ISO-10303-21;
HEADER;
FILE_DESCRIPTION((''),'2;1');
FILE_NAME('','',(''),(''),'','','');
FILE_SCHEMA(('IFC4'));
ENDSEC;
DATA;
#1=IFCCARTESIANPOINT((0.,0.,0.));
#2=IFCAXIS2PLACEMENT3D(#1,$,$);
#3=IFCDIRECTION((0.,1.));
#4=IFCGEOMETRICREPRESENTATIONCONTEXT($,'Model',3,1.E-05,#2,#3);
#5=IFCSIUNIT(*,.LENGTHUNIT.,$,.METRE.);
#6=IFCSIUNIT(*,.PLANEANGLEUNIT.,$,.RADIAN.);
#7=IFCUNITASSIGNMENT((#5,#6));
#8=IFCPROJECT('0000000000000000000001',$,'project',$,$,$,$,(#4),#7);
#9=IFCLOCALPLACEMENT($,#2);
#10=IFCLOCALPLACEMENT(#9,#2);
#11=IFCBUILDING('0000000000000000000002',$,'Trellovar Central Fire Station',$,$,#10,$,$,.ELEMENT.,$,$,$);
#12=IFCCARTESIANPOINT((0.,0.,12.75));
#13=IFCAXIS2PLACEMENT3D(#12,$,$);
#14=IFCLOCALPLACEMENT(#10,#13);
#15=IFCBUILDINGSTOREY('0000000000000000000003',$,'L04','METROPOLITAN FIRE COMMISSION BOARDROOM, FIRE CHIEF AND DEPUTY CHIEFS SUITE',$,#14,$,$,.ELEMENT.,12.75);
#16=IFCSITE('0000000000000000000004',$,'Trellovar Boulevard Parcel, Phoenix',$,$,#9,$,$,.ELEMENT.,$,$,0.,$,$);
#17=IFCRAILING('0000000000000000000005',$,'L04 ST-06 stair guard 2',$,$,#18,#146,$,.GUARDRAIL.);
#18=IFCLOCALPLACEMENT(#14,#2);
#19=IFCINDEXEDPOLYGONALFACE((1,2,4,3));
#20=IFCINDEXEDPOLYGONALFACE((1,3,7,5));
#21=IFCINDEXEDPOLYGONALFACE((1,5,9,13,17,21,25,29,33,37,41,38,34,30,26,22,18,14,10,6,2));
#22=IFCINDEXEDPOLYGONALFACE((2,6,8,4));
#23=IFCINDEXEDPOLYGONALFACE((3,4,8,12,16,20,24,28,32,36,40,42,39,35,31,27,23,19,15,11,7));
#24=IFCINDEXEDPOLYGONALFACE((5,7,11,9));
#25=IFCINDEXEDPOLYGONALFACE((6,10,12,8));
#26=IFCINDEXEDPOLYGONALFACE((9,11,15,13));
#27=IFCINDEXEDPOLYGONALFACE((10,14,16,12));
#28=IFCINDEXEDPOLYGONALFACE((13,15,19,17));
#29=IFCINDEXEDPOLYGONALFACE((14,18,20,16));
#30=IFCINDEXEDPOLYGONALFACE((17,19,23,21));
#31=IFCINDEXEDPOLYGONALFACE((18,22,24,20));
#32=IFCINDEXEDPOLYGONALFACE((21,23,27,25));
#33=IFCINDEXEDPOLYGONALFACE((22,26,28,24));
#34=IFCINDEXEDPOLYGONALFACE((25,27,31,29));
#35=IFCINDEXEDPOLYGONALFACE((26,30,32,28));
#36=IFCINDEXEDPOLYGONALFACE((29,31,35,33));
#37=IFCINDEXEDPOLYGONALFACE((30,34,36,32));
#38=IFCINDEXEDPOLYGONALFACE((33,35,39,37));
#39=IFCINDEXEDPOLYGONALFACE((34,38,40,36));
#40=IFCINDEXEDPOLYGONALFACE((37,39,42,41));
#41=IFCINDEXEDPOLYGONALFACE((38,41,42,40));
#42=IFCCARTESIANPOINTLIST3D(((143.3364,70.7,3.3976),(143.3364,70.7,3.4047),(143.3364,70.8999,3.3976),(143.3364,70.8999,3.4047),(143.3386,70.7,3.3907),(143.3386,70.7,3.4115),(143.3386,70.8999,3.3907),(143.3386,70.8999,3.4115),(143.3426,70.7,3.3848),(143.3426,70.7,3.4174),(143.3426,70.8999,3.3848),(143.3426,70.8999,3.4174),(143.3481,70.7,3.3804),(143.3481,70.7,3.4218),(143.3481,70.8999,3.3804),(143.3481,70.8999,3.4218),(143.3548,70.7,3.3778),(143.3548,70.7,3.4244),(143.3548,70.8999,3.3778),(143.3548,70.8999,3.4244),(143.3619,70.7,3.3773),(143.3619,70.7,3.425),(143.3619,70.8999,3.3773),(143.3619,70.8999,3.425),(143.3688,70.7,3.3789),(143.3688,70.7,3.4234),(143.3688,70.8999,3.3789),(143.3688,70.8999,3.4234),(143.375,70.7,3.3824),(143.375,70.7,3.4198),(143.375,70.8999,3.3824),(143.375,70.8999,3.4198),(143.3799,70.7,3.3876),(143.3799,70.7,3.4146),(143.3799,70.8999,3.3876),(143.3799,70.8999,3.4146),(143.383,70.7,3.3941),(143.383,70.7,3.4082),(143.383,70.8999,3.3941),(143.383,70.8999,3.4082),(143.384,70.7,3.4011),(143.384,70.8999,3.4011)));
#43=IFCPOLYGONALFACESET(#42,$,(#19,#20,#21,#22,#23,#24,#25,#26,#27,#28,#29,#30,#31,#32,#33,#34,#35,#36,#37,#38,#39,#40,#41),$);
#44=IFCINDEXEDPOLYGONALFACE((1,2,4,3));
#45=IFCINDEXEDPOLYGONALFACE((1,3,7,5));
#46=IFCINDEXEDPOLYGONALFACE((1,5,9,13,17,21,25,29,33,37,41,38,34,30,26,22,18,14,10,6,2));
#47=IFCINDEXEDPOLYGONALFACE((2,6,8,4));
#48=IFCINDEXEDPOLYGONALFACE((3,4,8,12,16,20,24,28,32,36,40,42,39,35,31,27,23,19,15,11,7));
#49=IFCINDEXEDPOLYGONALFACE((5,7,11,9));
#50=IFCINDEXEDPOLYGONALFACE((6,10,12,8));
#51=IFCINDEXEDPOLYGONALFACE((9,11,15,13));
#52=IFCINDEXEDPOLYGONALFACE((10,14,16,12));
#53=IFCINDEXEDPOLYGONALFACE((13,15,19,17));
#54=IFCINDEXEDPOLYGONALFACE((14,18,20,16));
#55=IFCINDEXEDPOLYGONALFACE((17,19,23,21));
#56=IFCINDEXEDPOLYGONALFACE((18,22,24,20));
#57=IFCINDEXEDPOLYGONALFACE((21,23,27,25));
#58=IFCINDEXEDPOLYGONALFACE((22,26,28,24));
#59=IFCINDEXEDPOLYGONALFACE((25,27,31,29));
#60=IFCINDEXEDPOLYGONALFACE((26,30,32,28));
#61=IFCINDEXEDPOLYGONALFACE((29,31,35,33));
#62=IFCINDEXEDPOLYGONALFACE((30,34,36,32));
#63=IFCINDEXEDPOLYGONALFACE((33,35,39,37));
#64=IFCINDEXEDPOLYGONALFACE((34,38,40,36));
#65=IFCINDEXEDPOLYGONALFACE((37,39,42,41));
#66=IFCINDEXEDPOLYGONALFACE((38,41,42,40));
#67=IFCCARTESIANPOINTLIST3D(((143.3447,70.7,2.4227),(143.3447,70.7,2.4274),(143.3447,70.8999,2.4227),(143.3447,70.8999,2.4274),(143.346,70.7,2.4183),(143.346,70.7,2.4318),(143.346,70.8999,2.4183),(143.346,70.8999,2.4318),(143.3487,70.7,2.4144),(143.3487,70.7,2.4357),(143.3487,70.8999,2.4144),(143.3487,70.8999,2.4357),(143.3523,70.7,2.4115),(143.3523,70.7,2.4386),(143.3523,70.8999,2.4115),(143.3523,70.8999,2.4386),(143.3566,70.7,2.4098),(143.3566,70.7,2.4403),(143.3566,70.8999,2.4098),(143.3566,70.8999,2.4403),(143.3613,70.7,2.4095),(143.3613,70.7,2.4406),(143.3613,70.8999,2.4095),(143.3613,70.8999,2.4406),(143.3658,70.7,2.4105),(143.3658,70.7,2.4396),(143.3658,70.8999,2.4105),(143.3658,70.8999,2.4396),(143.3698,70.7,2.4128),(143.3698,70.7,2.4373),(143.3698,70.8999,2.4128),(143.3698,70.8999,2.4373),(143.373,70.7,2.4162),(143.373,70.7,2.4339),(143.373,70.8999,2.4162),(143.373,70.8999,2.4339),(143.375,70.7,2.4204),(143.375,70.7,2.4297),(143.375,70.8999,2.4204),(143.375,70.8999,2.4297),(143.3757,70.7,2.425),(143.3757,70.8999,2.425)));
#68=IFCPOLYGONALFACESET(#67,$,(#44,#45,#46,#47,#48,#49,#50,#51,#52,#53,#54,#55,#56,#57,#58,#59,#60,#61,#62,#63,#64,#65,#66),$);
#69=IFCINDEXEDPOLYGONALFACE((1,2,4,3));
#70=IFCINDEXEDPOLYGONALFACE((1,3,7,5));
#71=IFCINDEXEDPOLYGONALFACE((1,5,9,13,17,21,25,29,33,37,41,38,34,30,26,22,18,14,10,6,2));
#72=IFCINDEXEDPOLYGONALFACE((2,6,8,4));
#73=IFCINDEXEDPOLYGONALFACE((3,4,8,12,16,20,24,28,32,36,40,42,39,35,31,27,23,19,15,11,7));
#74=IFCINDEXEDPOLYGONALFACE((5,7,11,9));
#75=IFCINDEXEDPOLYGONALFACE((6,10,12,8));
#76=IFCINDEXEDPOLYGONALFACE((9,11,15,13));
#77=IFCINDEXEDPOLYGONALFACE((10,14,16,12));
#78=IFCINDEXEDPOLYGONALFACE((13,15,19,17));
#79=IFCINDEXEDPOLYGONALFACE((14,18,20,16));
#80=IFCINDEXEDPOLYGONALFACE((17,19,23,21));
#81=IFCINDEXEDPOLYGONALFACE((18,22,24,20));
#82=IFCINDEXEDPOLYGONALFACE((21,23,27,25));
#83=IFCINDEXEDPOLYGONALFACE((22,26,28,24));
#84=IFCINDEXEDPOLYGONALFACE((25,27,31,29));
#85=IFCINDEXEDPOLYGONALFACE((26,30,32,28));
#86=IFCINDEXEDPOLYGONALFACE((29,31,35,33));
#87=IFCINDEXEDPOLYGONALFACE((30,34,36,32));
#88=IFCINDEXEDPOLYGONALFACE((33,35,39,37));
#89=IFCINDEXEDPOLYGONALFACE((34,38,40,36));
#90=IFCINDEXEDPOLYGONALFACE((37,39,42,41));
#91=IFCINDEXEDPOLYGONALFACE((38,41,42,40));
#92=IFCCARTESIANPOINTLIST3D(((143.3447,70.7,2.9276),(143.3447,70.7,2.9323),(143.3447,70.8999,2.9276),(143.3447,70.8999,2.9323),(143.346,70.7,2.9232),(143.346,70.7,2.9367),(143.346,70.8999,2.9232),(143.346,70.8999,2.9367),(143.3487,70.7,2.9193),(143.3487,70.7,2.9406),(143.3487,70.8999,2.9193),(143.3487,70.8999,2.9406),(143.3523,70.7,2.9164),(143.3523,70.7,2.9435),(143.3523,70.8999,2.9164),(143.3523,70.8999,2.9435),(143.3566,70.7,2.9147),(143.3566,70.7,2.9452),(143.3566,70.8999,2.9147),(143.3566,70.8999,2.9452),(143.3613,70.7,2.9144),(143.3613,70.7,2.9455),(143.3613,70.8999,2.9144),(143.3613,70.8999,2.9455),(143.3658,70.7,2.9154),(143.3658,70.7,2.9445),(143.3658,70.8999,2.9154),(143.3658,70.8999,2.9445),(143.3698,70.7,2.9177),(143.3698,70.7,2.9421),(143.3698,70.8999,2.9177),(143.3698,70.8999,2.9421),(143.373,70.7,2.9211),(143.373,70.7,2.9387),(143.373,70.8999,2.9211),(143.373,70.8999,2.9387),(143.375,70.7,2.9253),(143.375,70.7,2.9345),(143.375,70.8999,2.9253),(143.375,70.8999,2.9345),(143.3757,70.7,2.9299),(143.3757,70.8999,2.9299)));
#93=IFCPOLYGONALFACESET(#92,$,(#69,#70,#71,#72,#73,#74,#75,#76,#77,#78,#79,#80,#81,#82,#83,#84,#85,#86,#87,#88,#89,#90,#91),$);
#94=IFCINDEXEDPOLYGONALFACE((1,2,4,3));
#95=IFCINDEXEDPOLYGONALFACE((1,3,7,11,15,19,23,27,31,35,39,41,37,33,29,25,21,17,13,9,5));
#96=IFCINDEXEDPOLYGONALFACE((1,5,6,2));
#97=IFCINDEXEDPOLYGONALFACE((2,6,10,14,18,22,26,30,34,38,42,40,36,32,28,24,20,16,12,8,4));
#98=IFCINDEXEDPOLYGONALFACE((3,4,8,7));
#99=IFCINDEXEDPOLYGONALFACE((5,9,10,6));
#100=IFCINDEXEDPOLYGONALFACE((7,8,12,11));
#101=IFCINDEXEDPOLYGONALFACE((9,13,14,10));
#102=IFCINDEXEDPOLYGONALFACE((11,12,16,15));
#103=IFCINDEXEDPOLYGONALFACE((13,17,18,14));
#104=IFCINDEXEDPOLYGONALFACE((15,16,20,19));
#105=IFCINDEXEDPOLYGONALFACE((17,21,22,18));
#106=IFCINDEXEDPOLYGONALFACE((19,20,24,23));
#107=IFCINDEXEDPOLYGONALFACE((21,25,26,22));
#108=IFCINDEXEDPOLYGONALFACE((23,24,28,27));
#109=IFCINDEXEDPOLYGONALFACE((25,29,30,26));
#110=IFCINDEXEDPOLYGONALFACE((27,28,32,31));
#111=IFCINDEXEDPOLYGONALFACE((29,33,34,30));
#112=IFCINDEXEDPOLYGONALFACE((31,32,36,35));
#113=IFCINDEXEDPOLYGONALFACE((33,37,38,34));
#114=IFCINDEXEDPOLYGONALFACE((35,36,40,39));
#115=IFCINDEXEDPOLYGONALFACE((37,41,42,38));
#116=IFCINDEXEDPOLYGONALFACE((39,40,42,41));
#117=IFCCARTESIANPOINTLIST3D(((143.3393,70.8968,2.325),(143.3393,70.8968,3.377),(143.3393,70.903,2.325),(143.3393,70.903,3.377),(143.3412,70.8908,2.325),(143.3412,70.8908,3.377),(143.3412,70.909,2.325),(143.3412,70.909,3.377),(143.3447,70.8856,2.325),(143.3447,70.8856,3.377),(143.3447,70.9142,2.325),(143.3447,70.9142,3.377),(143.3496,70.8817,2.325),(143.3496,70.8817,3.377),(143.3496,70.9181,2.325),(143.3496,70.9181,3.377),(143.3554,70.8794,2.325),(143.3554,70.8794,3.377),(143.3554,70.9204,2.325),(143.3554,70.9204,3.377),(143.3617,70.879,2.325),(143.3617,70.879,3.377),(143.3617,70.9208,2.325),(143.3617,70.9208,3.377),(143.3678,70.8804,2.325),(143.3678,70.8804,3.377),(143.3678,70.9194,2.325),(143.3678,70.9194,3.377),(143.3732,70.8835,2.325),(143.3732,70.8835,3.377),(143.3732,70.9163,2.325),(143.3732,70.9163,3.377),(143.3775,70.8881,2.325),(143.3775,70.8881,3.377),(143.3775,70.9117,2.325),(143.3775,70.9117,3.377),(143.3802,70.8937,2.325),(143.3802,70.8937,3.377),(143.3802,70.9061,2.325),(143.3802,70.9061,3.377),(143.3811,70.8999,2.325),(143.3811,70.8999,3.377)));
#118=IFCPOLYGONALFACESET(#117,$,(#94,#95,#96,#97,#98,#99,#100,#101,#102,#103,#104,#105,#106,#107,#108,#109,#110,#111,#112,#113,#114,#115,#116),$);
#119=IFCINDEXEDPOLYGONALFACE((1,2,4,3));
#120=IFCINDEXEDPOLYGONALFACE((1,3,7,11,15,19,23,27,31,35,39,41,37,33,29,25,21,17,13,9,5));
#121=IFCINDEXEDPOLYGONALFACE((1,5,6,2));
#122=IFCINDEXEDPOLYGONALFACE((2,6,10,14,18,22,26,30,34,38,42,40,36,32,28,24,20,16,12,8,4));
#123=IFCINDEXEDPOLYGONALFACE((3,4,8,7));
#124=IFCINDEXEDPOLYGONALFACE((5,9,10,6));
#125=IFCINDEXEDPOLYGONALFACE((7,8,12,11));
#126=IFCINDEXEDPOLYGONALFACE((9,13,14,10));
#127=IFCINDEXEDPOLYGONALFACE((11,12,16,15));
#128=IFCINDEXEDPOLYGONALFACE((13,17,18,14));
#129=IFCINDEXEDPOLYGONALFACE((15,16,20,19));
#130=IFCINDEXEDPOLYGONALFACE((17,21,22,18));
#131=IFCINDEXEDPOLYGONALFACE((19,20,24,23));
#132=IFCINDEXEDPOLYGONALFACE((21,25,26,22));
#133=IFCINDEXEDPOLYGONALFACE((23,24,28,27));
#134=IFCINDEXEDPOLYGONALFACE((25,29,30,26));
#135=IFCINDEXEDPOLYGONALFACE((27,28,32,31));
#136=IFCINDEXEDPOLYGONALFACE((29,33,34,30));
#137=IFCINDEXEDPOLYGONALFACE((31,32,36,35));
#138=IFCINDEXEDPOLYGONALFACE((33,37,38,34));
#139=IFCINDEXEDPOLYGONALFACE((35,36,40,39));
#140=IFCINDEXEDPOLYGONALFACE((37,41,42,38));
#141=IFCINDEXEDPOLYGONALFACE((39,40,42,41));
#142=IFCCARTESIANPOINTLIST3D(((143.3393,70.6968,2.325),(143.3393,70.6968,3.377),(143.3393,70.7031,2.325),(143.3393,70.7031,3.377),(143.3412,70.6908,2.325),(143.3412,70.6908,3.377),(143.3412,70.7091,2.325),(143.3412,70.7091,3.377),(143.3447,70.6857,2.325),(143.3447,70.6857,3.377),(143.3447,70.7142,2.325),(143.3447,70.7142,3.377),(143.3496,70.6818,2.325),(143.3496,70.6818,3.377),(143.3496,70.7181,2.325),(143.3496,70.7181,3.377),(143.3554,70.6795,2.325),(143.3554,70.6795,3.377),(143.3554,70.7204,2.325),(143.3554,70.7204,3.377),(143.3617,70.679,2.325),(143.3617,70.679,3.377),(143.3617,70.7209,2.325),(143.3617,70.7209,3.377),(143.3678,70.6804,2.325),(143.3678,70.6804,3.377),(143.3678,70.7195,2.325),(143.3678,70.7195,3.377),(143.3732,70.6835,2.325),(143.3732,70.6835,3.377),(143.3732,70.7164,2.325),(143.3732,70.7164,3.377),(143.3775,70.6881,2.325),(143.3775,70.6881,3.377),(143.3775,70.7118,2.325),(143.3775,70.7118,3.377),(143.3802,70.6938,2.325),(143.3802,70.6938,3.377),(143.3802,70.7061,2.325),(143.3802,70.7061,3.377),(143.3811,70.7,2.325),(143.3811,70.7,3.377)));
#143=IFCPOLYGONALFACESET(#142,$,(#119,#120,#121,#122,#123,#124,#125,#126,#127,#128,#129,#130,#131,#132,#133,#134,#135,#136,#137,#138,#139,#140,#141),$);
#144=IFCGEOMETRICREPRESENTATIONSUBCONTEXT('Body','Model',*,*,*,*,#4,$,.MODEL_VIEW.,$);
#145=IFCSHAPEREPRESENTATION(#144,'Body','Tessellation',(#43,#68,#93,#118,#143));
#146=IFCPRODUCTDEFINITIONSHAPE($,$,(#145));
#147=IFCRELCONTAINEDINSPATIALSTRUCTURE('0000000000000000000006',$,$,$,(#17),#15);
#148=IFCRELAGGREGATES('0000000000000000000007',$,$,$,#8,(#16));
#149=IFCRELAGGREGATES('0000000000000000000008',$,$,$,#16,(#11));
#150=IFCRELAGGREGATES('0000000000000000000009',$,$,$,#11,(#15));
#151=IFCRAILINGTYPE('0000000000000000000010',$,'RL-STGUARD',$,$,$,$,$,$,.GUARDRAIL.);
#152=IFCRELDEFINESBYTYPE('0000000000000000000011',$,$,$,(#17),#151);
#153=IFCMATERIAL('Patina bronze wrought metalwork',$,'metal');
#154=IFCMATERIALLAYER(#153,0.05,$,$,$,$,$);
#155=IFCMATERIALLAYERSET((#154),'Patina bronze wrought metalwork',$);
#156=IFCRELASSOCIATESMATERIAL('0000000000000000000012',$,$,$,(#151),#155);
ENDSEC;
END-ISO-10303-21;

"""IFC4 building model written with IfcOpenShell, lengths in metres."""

from ifc_helpers import new_model, si_unit, direction, frame, origin, origin_2d, place, context, subcontext, project, spatial, circle, extrude, material, layer, layer_set, type_object, element, save


model = new_model("IFC4")

# Units and contexts
model_context = context("Model", 3, precision=1e-05, world=origin(), true_north=direction((0.0, 1.0)))
body_context = subcontext(model_context, "Body", "Model", "MODEL_VIEW")
ifc_project = project(units=[si_unit("LENGTHUNIT", "METRE"), si_unit("PLANEANGLEUNIT", "RADIAN")], contexts=[model_context])

# Site, building, storey
site_placement = place(None, origin())
site = spatial("IfcSite", under=ifc_project, at=site_placement, Name="Trellovar Boulevard Parcel, Phoenix", CompositionType="ELEMENT", RefElevation=0.0)
building_placement = place(site_placement, origin())
building = spatial("IfcBuilding", under=site, at=building_placement, Name="Trellovar Central Fire Station", CompositionType="ELEMENT")
storey_placement = place(building_placement, frame((0.0, 0.0, 12.75)))
storey = spatial("IfcBuildingStorey", under=building, at=storey_placement, Name="L04", Description="METROPOLITAN FIRE COMMISSION BOARDROOM, FIRE CHIEF AND DEPUTY CHIEFS SUITE", CompositionType="ELEMENT", Elevation=12.75)

# Railing
ifc_material_1 = material(Name="Patina bronze wrought metalwork", Category="metal")
ifc_layer_1 = layer(ifc_material_1, 0.05)
ifc_layer_set_1 = layer_set([ifc_layer_1], Name="Patina bronze wrought metalwork")
railing_type_1 = type_object("IfcRailingType", Name="RL-STGUARD", PredefinedType="GUARDRAIL", material=ifc_layer_set_1)
railing_1_placement = place(storey_placement, frame((143.3601, 70.8999, 2.325)))
element("IfcRailing", 1, at=railing_1_placement, inside=storey, type_object=railing_type_1, Name="L04 ST-06 stair guard 2", PredefinedType="GUARDRAIL", context=body_context, shape_type="SweptSolid", body=[
    extrude(circle(Radius=0.0239, at=origin_2d()), frame((0.0, 0.0, 1.0762), z_axis=(0.0, -1.0, 0.0), x_axis=(1.0, 0.0, 0.0)), (0.0, 0.0, 1.0), 0.2),
    extrude(circle(Radius=0.0156, at=origin_2d()), frame((0.0, 0.0, 0.1001), z_axis=(0.0, -1.0, 0.0), x_axis=(1.0, 0.0, 0.0)), (0.0, 0.0, 1.0), 0.2),
    extrude(circle(Radius=0.0156, at=origin_2d()), frame((0.0, 0.0, 0.605), z_axis=(0.0, -1.0, 0.0), x_axis=(1.0, 0.0, 0.0)), (0.0, 0.0, 1.0), 0.2),
    extrude(circle(Radius=0.021, at=origin_2d()), origin(), (0.0, 0.0, 1.0), 1.052),
    extrude(circle(Radius=0.021, at=origin_2d()), frame((0.0, -0.2, 0.0)), (0.0, 0.0, 1.0), 1.052),
])

save(model, "model.ifc")
